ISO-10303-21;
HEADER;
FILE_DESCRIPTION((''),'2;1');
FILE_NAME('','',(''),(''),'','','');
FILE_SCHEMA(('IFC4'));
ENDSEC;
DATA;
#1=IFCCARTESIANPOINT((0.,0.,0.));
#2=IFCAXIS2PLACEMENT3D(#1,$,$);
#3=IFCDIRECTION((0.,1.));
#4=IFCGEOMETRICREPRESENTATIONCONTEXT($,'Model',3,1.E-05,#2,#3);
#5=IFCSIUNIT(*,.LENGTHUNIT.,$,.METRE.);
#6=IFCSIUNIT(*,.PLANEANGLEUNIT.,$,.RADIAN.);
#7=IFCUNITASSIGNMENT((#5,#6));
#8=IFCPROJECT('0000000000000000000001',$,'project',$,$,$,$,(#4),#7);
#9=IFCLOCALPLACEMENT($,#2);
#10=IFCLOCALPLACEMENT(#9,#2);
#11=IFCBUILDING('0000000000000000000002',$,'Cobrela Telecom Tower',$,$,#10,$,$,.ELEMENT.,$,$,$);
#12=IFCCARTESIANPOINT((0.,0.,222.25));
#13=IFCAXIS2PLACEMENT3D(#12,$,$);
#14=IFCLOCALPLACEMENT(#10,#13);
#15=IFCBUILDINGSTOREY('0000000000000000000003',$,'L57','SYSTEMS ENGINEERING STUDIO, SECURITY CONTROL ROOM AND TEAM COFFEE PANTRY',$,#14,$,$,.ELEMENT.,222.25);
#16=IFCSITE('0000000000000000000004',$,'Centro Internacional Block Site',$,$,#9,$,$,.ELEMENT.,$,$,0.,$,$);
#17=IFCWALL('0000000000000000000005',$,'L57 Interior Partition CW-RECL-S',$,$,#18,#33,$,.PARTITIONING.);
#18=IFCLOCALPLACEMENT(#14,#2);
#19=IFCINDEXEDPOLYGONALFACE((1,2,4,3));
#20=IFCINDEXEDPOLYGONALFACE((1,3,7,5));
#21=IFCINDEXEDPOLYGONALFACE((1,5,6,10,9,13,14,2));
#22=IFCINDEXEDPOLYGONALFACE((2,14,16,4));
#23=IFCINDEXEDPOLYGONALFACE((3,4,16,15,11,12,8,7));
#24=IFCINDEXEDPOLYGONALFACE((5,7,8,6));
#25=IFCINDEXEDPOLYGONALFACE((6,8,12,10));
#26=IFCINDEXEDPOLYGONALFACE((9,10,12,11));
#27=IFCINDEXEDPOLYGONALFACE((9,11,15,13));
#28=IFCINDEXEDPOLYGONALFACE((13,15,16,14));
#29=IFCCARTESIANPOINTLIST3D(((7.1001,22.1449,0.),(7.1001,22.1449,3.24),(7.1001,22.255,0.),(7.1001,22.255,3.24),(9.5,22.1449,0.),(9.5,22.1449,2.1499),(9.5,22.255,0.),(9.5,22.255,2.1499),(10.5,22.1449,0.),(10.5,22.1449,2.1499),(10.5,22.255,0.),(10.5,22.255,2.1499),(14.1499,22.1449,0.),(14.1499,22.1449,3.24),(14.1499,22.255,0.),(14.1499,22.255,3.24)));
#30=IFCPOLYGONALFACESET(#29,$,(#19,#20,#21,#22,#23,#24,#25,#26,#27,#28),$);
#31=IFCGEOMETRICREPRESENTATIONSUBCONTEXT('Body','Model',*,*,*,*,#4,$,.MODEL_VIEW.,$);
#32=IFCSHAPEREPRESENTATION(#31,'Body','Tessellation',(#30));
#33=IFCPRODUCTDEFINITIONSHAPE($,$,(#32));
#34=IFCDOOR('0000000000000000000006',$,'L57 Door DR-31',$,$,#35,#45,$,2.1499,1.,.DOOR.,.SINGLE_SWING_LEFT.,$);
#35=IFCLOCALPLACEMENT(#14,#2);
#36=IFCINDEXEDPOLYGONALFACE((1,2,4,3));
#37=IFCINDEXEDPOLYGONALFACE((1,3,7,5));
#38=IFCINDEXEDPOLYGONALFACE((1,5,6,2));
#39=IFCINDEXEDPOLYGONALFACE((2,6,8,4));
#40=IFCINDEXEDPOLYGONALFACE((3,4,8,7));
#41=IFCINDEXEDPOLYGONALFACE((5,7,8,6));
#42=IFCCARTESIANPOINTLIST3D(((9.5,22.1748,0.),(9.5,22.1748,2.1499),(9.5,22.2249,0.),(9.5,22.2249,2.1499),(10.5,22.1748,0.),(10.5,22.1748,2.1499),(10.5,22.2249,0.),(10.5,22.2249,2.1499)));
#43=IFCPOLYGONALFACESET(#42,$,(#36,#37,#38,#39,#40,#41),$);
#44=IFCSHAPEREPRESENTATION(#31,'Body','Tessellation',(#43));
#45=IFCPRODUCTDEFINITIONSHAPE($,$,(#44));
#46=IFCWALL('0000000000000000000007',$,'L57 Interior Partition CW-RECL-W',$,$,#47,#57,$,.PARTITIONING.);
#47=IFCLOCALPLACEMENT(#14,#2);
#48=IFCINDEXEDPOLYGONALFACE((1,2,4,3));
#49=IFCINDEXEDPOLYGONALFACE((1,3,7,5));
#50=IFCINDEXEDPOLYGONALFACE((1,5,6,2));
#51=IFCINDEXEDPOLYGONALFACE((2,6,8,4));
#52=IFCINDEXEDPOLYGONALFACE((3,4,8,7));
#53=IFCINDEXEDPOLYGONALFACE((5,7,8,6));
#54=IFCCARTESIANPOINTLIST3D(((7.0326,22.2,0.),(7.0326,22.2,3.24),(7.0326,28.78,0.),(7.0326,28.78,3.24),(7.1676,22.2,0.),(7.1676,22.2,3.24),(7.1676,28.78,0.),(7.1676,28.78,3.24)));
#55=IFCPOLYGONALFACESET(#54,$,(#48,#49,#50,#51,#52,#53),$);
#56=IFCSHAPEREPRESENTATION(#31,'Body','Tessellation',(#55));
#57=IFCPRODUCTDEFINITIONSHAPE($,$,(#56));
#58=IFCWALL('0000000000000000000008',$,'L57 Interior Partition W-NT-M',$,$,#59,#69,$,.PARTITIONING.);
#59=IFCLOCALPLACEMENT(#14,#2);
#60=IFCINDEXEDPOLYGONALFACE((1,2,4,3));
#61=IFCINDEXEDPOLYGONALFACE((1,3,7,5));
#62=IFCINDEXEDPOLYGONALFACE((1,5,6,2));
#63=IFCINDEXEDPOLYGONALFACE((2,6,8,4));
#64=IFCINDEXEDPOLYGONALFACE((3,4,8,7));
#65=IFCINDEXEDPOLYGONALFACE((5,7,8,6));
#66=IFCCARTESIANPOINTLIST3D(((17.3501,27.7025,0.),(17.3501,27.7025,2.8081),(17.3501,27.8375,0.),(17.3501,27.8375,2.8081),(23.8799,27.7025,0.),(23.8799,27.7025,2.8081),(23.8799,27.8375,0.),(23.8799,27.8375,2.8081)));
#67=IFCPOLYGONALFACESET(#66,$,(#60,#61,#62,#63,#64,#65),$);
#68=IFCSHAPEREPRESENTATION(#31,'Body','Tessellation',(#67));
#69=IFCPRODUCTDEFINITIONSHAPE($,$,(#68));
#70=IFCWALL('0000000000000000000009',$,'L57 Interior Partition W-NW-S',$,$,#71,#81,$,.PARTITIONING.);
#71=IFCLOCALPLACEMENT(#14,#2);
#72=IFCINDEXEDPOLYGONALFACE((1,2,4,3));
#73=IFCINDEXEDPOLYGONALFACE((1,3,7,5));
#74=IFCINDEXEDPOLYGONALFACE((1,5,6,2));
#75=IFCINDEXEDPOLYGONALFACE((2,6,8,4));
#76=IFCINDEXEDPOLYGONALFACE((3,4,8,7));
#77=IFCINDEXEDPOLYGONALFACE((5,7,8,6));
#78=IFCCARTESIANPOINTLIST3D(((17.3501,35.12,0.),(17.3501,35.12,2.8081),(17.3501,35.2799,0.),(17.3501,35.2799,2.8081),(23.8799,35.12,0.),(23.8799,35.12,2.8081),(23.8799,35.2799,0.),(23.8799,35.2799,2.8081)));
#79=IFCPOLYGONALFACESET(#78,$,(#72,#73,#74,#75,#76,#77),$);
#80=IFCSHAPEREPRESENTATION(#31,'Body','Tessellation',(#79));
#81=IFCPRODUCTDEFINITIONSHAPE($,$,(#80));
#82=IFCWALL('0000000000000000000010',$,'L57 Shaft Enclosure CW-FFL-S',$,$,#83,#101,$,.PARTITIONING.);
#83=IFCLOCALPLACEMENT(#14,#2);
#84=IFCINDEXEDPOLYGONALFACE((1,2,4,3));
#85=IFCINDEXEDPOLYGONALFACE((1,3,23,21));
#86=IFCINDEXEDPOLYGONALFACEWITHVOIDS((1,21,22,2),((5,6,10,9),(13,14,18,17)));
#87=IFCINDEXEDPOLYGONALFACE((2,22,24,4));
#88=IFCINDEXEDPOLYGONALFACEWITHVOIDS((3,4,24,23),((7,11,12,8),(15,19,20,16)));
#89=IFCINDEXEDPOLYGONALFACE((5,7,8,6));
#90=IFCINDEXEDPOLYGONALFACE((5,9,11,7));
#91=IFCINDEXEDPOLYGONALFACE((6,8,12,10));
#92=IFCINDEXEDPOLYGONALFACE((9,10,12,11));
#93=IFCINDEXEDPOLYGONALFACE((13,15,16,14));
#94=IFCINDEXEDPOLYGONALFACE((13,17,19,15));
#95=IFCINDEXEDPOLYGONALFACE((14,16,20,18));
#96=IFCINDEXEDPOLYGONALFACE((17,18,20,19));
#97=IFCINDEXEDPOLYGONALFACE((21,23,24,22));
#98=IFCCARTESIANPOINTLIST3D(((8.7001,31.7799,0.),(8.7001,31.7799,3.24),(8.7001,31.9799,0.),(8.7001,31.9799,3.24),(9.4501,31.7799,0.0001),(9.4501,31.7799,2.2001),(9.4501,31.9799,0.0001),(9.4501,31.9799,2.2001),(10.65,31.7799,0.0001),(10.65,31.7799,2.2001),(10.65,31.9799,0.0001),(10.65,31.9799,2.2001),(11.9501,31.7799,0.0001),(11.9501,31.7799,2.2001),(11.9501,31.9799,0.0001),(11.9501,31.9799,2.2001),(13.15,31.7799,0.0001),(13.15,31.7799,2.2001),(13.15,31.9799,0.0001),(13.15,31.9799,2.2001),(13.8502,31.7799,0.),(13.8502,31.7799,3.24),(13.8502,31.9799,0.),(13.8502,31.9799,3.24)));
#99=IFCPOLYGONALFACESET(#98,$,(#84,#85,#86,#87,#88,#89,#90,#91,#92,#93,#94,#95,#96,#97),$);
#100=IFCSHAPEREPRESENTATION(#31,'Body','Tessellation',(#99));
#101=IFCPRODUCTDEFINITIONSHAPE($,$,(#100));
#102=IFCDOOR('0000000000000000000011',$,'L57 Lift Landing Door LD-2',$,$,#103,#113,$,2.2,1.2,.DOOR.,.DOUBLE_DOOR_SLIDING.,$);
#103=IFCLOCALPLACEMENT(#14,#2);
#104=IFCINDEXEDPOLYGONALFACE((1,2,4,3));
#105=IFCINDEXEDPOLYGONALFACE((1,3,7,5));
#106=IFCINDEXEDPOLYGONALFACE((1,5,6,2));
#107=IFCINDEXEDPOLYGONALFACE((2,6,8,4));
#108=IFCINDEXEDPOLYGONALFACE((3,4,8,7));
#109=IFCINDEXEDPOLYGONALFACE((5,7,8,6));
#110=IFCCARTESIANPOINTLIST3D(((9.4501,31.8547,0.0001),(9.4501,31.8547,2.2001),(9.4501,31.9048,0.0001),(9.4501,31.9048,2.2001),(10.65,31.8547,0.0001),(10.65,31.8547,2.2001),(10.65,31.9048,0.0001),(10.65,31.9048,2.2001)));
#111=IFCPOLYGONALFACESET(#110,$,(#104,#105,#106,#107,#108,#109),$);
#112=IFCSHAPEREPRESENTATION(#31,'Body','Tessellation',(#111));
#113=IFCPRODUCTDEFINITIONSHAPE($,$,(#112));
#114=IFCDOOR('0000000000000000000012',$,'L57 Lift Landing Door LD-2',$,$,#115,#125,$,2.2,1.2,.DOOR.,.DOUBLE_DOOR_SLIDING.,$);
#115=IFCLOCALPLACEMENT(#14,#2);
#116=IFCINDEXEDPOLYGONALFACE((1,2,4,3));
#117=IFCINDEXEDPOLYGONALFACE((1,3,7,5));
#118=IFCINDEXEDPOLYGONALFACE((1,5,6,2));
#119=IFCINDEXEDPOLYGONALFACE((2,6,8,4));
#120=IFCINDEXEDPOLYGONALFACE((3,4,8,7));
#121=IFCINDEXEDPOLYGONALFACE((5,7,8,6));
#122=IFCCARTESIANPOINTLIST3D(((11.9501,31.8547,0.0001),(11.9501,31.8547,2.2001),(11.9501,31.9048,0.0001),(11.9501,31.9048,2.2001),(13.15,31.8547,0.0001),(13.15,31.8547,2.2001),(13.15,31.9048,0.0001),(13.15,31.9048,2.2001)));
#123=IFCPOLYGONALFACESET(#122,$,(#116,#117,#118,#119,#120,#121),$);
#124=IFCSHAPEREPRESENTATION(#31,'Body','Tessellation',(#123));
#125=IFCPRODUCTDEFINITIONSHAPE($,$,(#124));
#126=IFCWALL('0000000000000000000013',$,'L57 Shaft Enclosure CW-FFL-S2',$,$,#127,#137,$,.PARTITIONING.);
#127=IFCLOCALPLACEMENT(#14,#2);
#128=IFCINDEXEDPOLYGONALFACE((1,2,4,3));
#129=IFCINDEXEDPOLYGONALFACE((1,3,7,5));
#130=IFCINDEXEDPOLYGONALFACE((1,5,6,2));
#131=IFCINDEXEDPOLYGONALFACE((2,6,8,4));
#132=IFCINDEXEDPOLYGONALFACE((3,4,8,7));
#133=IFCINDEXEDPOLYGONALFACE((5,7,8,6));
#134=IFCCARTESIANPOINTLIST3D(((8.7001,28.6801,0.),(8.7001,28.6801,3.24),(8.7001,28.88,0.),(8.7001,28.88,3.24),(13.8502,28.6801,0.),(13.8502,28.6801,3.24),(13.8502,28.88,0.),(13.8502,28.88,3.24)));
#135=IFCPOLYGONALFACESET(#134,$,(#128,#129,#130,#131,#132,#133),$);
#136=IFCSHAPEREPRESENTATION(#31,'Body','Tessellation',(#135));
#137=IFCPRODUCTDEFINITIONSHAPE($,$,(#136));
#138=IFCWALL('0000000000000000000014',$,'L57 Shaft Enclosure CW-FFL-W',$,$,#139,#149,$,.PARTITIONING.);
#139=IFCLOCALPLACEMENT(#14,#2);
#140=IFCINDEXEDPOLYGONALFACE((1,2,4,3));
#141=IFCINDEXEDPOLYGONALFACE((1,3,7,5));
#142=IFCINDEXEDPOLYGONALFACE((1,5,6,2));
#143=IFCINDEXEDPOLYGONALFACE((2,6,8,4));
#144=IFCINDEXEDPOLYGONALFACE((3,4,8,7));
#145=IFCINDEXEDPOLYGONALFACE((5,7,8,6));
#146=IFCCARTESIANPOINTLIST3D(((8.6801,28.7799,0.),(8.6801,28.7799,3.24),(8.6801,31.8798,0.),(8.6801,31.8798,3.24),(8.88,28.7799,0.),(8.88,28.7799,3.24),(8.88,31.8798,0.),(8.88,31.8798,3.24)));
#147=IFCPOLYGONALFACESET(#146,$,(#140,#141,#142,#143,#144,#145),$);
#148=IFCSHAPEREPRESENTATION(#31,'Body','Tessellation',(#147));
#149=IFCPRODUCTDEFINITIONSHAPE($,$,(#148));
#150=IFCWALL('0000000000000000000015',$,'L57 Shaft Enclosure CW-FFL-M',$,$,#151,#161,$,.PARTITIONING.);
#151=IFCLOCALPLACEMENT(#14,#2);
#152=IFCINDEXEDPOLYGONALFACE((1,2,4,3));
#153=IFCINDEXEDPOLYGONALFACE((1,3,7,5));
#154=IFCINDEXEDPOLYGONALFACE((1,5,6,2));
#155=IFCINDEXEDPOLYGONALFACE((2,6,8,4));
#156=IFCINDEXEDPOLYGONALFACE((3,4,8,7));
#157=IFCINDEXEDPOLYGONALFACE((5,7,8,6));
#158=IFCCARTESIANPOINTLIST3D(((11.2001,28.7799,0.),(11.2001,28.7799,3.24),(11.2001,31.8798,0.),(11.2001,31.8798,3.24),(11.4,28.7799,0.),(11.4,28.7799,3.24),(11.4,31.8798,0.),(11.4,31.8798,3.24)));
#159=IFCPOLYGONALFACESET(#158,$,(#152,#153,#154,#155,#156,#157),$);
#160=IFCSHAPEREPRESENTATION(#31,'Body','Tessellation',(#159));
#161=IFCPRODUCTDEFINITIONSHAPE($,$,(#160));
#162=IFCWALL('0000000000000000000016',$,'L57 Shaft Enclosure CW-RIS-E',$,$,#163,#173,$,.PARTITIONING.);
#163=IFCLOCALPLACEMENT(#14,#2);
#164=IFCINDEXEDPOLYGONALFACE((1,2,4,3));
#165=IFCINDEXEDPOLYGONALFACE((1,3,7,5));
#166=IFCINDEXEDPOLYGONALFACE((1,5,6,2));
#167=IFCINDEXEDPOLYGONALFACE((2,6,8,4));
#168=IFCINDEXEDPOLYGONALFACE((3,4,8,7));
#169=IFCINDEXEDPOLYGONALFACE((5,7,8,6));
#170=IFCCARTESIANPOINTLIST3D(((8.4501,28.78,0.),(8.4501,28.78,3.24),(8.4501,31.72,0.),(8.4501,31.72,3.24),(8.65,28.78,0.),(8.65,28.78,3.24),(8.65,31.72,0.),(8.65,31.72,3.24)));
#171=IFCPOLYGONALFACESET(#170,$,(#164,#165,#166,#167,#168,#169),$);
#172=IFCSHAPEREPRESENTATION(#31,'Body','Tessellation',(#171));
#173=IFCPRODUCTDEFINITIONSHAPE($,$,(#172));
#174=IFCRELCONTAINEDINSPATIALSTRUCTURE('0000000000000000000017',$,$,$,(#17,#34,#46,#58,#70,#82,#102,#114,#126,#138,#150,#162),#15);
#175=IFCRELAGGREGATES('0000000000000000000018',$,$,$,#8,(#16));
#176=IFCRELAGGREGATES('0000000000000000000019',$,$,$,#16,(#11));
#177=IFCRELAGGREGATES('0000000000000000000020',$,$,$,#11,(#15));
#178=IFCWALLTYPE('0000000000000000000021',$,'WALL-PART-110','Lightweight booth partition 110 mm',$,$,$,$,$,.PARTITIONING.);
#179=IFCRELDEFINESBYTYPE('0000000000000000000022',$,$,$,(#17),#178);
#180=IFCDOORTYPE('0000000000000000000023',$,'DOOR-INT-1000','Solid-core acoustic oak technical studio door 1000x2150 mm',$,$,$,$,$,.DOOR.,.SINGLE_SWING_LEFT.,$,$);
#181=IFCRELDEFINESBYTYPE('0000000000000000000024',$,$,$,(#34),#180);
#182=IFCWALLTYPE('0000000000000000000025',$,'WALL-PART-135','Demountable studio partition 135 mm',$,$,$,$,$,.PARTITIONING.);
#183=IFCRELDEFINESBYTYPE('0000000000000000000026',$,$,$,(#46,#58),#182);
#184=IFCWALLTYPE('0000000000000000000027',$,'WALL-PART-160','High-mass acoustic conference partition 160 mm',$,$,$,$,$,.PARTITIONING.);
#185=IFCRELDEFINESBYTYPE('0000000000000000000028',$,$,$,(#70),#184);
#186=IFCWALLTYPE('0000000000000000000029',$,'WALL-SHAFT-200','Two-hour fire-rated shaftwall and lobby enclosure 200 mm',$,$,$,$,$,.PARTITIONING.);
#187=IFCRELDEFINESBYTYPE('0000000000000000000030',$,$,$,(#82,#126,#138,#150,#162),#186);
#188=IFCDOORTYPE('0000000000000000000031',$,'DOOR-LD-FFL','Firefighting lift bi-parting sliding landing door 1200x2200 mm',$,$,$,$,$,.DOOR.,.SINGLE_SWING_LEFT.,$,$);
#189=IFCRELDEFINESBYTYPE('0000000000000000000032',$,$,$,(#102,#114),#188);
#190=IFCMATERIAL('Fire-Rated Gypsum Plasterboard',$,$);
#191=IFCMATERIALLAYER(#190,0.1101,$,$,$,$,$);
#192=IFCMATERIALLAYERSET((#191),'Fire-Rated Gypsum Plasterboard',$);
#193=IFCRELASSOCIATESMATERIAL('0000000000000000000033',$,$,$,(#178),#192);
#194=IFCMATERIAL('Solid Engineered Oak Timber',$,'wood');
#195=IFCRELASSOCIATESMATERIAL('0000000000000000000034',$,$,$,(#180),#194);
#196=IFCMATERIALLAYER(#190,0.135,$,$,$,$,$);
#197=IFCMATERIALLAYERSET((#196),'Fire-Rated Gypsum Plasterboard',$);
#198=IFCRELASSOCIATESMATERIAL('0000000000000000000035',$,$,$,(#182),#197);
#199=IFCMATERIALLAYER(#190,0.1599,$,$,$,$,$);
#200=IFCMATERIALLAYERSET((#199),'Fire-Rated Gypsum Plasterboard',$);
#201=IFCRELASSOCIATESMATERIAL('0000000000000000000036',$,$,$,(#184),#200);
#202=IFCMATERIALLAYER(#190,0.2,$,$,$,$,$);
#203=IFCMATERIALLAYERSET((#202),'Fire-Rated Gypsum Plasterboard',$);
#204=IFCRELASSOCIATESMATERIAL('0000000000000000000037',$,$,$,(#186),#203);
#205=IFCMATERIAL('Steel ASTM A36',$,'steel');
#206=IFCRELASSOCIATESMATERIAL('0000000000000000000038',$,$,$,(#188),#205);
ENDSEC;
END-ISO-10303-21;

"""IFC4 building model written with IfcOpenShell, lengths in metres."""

from ifc_helpers import new_model, si_unit, direction, frame, frame_2d, origin, place, context, subcontext, project, spatial, rectangle, extrude, material, layer, layer_set, type_object, element, fill, save


model = new_model("IFC4")

# Units and contexts
model_context = context("Model", 3, precision=1e-05, world=origin(), true_north=direction((0.0, 1.0)))
body_context = subcontext(model_context, "Body", "Model", "MODEL_VIEW")
ifc_project = project(units=[si_unit("LENGTHUNIT", "METRE"), si_unit("PLANEANGLEUNIT", "RADIAN")], contexts=[model_context])

# Site, building, storey
site_placement = place(None, origin())
site = spatial("IfcSite", under=ifc_project, at=site_placement, Name="Centro Internacional Block Site", CompositionType="ELEMENT", RefElevation=0.0)
building_placement = place(site_placement, origin())
building = spatial("IfcBuilding", under=site, at=building_placement, Name="Cobrela Telecom Tower", CompositionType="ELEMENT")
storey_placement = place(building_placement, frame((0.0, 0.0, 222.25)))
storey = spatial("IfcBuildingStorey", under=building, at=storey_placement, Name="L57", Description="SYSTEMS ENGINEERING STUDIO, SECURITY CONTROL ROOM AND TEAM COFFEE PANTRY", CompositionType="ELEMENT", Elevation=222.25)

# Shared definitions
ifc_material_1 = material(Name="Steel ASTM A36", Category="steel")

# Wall, opening, door
ifc_material_2 = material(Name="Fire-Rated Gypsum Plasterboard")
ifc_layer_1 = layer(ifc_material_2, 0.1101)
ifc_layer_set_1 = layer_set([ifc_layer_1], Name="Fire-Rated Gypsum Plasterboard")
wall_type_1 = type_object("IfcWallType", Name="WALL-PART-110", Description="Lightweight booth partition 110 mm", PredefinedType="PARTITIONING", material=ifc_layer_set_1)
wall_1_placement = place(storey_placement, frame((7.1001, 22.2, 0.0), z_axis=(0.0, 0.0, 1.0), x_axis=(1.0, 0.0, 0.0)))
wall_1 = element("IfcWall", 1, at=wall_1_placement, inside=storey, type_object=wall_type_1, Name="L57 Interior Partition CW-RECL-S", PredefinedType="PARTITIONING", context=body_context, shape_type="SweptSolid", body=[
    extrude(rectangle(XDim=7.0498, YDim=0.1101, at=frame_2d((3.5249, 0.0))), origin(), (0.0, 0.0, 1.0), 3.24),
])
opening_1_placement = place(wall_1_placement, frame((2.3999, 0.0, 0.0)))
opening_1 = element("IfcOpeningElement", 2, at=opening_1_placement, cuts=wall_1, PredefinedType="OPENING", context=body_context, shape_type="SweptSolid", body=[
    extrude(rectangle(XDim=1.0, YDim=2.1499, at=frame_2d((0.5, 1.075))), frame((0.0, 0.0669, 0.0), z_axis=(0.0, -1.0, 0.0), x_axis=(1.0, 0.0, 0.0)), (0.0, 0.0, 1.0), 0.134),
])
ifc_material_3 = material(Name="Solid Engineered Oak Timber", Category="wood")
door_type_1 = type_object("IfcDoorType", Name="DOOR-INT-1000", Description="Solid-core acoustic oak technical studio door 1000x2150 mm", OperationType="SINGLE_SWING_LEFT", PredefinedType="DOOR", material=ifc_material_3)
door_1_placement = place(opening_1_placement, origin())
door_1 = element("IfcDoor", 3, at=door_1_placement, inside=storey, type_object=door_type_1, Name="L57 Door DR-31", OperationType="SINGLE_SWING_LEFT", OverallHeight=2.1499, OverallWidth=1.0, PredefinedType="DOOR", context=body_context, shape_type="SweptSolid", body=[
    extrude(rectangle(XDim=1.0, YDim=2.1499, at=frame_2d((0.5, 1.075))), frame((0.0, 0.0249, 0.0), z_axis=(0.0, -1.0, 0.0), x_axis=(1.0, 0.0, 0.0)), (0.0, 0.0, 1.0), 0.05),
])
fill(opening_1, door_1)

# Wall
ifc_layer_2 = layer(ifc_material_2, 0.135)
ifc_layer_set_2 = layer_set([ifc_layer_2], Name="Fire-Rated Gypsum Plasterboard")
wall_type_2 = type_object("IfcWallType", Name="WALL-PART-135", Description="Demountable studio partition 135 mm", PredefinedType="PARTITIONING", material=ifc_layer_set_2)
wall_2_placement = place(storey_placement, frame((7.1001, 22.2, 0.0), z_axis=(0.0, 0.0, 1.0), x_axis=(0.0, 1.0, 0.0)))
element("IfcWall", 4, at=wall_2_placement, inside=storey, type_object=wall_type_2, Name="L57 Interior Partition CW-RECL-W", PredefinedType="PARTITIONING", context=body_context, shape_type="SweptSolid", body=[
    extrude(rectangle(XDim=6.5801, YDim=0.135, at=frame_2d((3.29, 0.0))), origin(), (0.0, 0.0, 1.0), 3.24),
])

# Walls
wall_3_placement = place(storey_placement, frame((17.3501, 27.77, 0.0), z_axis=(0.0, 0.0, 1.0), x_axis=(1.0, 0.0, 0.0)))
element("IfcWall", 5, at=wall_3_placement, inside=storey, type_object=wall_type_2, Name="L57 Interior Partition W-NT-M", PredefinedType="PARTITIONING", context=body_context, shape_type="SweptSolid", body=[
    extrude(rectangle(XDim=6.5298, YDim=0.135, at=frame_2d((3.2649, 0.0))), origin(), (0.0, 0.0, 1.0), 2.8081),
])
ifc_layer_3 = layer(ifc_material_2, 0.1599)
ifc_layer_set_3 = layer_set([ifc_layer_3], Name="Fire-Rated Gypsum Plasterboard")
wall_type_3 = type_object("IfcWallType", Name="WALL-PART-160", Description="High-mass acoustic conference partition 160 mm", PredefinedType="PARTITIONING", material=ifc_layer_set_3)
wall_4_placement = place(storey_placement, frame((17.3501, 35.2, 0.0), z_axis=(0.0, 0.0, 1.0), x_axis=(1.0, 0.0, 0.0)))
element("IfcWall", 6, at=wall_4_placement, inside=storey, type_object=wall_type_3, Name="L57 Interior Partition W-NW-S", PredefinedType="PARTITIONING", context=body_context, shape_type="SweptSolid", body=[
    extrude(rectangle(XDim=6.5298, YDim=0.1599, at=frame_2d((3.2649, 0.0))), origin(), (0.0, 0.0, 1.0), 2.8081),
])

# Wall, openings, doors
ifc_layer_4 = layer(ifc_material_2, 0.2)
ifc_layer_set_4 = layer_set([ifc_layer_4], Name="Fire-Rated Gypsum Plasterboard")
wall_type_4 = type_object("IfcWallType", Name="WALL-SHAFT-200", Description="Two-hour fire-rated shaftwall and lobby enclosure 200 mm", PredefinedType="PARTITIONING", material=ifc_layer_set_4)
wall_5_placement = place(storey_placement, frame((8.7, 31.8799, 0.0), z_axis=(0.0, 0.0, 1.0), x_axis=(1.0, 0.0, 0.0)))
wall_5 = element("IfcWall", 7, at=wall_5_placement, inside=storey, type_object=wall_type_4, Name="L57 Shaft Enclosure CW-FFL-S", PredefinedType="PARTITIONING", context=body_context, shape_type="SweptSolid", body=[
    extrude(rectangle(XDim=5.1501, YDim=0.2, at=frame_2d((2.5752, 0.0))), origin(), (0.0, 0.0, 1.0), 3.24),
])
opening_2_placement = place(wall_5_placement, frame((0.75, 0.0, 0.0)))
opening_2 = element("IfcOpeningElement", 8, at=opening_2_placement, cuts=wall_5, PredefinedType="OPENING", context=body_context, shape_type="SweptSolid", body=[
    extrude(rectangle(XDim=1.2, YDim=2.2, at=frame_2d((0.6001, 1.1001))), frame((0.0, 0.1118, 0.0), z_axis=(0.0, -1.0, 0.0), x_axis=(1.0, 0.0, 0.0)), (0.0, 0.0, 1.0), 0.2239),
])
opening_3_placement = place(wall_5_placement, frame((3.25, 0.0, 0.0)))
opening_3 = element("IfcOpeningElement", 9, at=opening_3_placement, cuts=wall_5, PredefinedType="OPENING", context=body_context, shape_type="SweptSolid", body=[
    extrude(rectangle(XDim=1.2, YDim=2.2, at=frame_2d((0.6001, 1.1001))), frame((0.0, 0.1118, 0.0), z_axis=(0.0, -1.0, 0.0), x_axis=(1.0, 0.0, 0.0)), (0.0, 0.0, 1.0), 0.2239),
])
door_type_2 = type_object("IfcDoorType", Name="DOOR-LD-FFL", Description="Firefighting lift bi-parting sliding landing door 1200x2200 mm", OperationType="SINGLE_SWING_LEFT", PredefinedType="DOOR", material=ifc_material_1)
door_2_placement = place(opening_2_placement, origin())
door_2 = element("IfcDoor", 10, at=door_2_placement, inside=storey, type_object=door_type_2, Name="L57 Lift Landing Door LD-2", OperationType="DOUBLE_DOOR_SLIDING", OverallHeight=2.2, OverallWidth=1.2, PredefinedType="DOOR", context=body_context, shape_type="SweptSolid", body=[
    extrude(rectangle(XDim=1.2, YDim=2.2, at=frame_2d((0.6001, 1.1001))), frame((0.0, 0.0249, 0.0), z_axis=(0.0, -1.0, 0.0), x_axis=(1.0, 0.0, 0.0)), (0.0, 0.0, 1.0), 0.05),
])
fill(opening_2, door_2)
door_3_placement = place(opening_3_placement, origin())
door_3 = element("IfcDoor", 11, at=door_3_placement, inside=storey, type_object=door_type_2, Name="L57 Lift Landing Door LD-2", OperationType="DOUBLE_DOOR_SLIDING", OverallHeight=2.2, OverallWidth=1.2, PredefinedType="DOOR", context=body_context, shape_type="SweptSolid", body=[
    extrude(rectangle(XDim=1.2, YDim=2.2, at=frame_2d((0.6001, 1.1001))), frame((0.0, 0.0249, 0.0), z_axis=(0.0, -1.0, 0.0), x_axis=(1.0, 0.0, 0.0)), (0.0, 0.0, 1.0), 0.05),
])
fill(opening_3, door_3)

# Walls
wall_6_placement = place(storey_placement, frame((8.7, 28.78, 0.0), z_axis=(0.0, 0.0, 1.0), x_axis=(1.0, 0.0, 0.0)))
element("IfcWall", 12, at=wall_6_placement, inside=storey, type_object=wall_type_4, Name="L57 Shaft Enclosure CW-FFL-S2", PredefinedType="PARTITIONING", context=body_context, shape_type="SweptSolid", body=[
    extrude(rectangle(XDim=5.1501, YDim=0.2, at=frame_2d((2.5752, 0.0))), origin(), (0.0, 0.0, 1.0), 3.24),
])
for number, where, z_axis, x_axis, name in (
    (13, (8.78, 28.78, 0.0), (0.0, 0.0, 1.0), (0.0, 1.0, 0.0), "L57 Shaft Enclosure CW-FFL-W"),
    (14, (11.3, 28.78, 0.0), (0.0, 0.0, 1.0), (0.0, 1.0, 0.0), "L57 Shaft Enclosure CW-FFL-M"),
):
    element("IfcWall", number, at=place(storey_placement, frame(where, z_axis=z_axis, x_axis=x_axis)), inside=storey, type_object=wall_type_4, Name=name, PredefinedType="PARTITIONING", context=body_context, shape_type="SweptSolid", body=[
        extrude(rectangle(XDim=3.0999, YDim=0.2, at=frame_2d((1.5498, 0.0))), origin(), (0.0, 0.0, 1.0), 3.24),
    ])
wall_7_placement = place(storey_placement, frame((8.55, 28.78, 0.0), z_axis=(0.0, 0.0, 1.0), x_axis=(0.0, 1.0, 0.0)))
element("IfcWall", 15, at=wall_7_placement, inside=storey, type_object=wall_type_4, Name="L57 Shaft Enclosure CW-RIS-E", PredefinedType="PARTITIONING", context=body_context, shape_type="SweptSolid", body=[
    extrude(rectangle(XDim=2.9399, YDim=0.2, at=frame_2d((1.47, 0.0))), origin(), (0.0, 0.0, 1.0), 3.24),
])

save(model, "model.ifc")
